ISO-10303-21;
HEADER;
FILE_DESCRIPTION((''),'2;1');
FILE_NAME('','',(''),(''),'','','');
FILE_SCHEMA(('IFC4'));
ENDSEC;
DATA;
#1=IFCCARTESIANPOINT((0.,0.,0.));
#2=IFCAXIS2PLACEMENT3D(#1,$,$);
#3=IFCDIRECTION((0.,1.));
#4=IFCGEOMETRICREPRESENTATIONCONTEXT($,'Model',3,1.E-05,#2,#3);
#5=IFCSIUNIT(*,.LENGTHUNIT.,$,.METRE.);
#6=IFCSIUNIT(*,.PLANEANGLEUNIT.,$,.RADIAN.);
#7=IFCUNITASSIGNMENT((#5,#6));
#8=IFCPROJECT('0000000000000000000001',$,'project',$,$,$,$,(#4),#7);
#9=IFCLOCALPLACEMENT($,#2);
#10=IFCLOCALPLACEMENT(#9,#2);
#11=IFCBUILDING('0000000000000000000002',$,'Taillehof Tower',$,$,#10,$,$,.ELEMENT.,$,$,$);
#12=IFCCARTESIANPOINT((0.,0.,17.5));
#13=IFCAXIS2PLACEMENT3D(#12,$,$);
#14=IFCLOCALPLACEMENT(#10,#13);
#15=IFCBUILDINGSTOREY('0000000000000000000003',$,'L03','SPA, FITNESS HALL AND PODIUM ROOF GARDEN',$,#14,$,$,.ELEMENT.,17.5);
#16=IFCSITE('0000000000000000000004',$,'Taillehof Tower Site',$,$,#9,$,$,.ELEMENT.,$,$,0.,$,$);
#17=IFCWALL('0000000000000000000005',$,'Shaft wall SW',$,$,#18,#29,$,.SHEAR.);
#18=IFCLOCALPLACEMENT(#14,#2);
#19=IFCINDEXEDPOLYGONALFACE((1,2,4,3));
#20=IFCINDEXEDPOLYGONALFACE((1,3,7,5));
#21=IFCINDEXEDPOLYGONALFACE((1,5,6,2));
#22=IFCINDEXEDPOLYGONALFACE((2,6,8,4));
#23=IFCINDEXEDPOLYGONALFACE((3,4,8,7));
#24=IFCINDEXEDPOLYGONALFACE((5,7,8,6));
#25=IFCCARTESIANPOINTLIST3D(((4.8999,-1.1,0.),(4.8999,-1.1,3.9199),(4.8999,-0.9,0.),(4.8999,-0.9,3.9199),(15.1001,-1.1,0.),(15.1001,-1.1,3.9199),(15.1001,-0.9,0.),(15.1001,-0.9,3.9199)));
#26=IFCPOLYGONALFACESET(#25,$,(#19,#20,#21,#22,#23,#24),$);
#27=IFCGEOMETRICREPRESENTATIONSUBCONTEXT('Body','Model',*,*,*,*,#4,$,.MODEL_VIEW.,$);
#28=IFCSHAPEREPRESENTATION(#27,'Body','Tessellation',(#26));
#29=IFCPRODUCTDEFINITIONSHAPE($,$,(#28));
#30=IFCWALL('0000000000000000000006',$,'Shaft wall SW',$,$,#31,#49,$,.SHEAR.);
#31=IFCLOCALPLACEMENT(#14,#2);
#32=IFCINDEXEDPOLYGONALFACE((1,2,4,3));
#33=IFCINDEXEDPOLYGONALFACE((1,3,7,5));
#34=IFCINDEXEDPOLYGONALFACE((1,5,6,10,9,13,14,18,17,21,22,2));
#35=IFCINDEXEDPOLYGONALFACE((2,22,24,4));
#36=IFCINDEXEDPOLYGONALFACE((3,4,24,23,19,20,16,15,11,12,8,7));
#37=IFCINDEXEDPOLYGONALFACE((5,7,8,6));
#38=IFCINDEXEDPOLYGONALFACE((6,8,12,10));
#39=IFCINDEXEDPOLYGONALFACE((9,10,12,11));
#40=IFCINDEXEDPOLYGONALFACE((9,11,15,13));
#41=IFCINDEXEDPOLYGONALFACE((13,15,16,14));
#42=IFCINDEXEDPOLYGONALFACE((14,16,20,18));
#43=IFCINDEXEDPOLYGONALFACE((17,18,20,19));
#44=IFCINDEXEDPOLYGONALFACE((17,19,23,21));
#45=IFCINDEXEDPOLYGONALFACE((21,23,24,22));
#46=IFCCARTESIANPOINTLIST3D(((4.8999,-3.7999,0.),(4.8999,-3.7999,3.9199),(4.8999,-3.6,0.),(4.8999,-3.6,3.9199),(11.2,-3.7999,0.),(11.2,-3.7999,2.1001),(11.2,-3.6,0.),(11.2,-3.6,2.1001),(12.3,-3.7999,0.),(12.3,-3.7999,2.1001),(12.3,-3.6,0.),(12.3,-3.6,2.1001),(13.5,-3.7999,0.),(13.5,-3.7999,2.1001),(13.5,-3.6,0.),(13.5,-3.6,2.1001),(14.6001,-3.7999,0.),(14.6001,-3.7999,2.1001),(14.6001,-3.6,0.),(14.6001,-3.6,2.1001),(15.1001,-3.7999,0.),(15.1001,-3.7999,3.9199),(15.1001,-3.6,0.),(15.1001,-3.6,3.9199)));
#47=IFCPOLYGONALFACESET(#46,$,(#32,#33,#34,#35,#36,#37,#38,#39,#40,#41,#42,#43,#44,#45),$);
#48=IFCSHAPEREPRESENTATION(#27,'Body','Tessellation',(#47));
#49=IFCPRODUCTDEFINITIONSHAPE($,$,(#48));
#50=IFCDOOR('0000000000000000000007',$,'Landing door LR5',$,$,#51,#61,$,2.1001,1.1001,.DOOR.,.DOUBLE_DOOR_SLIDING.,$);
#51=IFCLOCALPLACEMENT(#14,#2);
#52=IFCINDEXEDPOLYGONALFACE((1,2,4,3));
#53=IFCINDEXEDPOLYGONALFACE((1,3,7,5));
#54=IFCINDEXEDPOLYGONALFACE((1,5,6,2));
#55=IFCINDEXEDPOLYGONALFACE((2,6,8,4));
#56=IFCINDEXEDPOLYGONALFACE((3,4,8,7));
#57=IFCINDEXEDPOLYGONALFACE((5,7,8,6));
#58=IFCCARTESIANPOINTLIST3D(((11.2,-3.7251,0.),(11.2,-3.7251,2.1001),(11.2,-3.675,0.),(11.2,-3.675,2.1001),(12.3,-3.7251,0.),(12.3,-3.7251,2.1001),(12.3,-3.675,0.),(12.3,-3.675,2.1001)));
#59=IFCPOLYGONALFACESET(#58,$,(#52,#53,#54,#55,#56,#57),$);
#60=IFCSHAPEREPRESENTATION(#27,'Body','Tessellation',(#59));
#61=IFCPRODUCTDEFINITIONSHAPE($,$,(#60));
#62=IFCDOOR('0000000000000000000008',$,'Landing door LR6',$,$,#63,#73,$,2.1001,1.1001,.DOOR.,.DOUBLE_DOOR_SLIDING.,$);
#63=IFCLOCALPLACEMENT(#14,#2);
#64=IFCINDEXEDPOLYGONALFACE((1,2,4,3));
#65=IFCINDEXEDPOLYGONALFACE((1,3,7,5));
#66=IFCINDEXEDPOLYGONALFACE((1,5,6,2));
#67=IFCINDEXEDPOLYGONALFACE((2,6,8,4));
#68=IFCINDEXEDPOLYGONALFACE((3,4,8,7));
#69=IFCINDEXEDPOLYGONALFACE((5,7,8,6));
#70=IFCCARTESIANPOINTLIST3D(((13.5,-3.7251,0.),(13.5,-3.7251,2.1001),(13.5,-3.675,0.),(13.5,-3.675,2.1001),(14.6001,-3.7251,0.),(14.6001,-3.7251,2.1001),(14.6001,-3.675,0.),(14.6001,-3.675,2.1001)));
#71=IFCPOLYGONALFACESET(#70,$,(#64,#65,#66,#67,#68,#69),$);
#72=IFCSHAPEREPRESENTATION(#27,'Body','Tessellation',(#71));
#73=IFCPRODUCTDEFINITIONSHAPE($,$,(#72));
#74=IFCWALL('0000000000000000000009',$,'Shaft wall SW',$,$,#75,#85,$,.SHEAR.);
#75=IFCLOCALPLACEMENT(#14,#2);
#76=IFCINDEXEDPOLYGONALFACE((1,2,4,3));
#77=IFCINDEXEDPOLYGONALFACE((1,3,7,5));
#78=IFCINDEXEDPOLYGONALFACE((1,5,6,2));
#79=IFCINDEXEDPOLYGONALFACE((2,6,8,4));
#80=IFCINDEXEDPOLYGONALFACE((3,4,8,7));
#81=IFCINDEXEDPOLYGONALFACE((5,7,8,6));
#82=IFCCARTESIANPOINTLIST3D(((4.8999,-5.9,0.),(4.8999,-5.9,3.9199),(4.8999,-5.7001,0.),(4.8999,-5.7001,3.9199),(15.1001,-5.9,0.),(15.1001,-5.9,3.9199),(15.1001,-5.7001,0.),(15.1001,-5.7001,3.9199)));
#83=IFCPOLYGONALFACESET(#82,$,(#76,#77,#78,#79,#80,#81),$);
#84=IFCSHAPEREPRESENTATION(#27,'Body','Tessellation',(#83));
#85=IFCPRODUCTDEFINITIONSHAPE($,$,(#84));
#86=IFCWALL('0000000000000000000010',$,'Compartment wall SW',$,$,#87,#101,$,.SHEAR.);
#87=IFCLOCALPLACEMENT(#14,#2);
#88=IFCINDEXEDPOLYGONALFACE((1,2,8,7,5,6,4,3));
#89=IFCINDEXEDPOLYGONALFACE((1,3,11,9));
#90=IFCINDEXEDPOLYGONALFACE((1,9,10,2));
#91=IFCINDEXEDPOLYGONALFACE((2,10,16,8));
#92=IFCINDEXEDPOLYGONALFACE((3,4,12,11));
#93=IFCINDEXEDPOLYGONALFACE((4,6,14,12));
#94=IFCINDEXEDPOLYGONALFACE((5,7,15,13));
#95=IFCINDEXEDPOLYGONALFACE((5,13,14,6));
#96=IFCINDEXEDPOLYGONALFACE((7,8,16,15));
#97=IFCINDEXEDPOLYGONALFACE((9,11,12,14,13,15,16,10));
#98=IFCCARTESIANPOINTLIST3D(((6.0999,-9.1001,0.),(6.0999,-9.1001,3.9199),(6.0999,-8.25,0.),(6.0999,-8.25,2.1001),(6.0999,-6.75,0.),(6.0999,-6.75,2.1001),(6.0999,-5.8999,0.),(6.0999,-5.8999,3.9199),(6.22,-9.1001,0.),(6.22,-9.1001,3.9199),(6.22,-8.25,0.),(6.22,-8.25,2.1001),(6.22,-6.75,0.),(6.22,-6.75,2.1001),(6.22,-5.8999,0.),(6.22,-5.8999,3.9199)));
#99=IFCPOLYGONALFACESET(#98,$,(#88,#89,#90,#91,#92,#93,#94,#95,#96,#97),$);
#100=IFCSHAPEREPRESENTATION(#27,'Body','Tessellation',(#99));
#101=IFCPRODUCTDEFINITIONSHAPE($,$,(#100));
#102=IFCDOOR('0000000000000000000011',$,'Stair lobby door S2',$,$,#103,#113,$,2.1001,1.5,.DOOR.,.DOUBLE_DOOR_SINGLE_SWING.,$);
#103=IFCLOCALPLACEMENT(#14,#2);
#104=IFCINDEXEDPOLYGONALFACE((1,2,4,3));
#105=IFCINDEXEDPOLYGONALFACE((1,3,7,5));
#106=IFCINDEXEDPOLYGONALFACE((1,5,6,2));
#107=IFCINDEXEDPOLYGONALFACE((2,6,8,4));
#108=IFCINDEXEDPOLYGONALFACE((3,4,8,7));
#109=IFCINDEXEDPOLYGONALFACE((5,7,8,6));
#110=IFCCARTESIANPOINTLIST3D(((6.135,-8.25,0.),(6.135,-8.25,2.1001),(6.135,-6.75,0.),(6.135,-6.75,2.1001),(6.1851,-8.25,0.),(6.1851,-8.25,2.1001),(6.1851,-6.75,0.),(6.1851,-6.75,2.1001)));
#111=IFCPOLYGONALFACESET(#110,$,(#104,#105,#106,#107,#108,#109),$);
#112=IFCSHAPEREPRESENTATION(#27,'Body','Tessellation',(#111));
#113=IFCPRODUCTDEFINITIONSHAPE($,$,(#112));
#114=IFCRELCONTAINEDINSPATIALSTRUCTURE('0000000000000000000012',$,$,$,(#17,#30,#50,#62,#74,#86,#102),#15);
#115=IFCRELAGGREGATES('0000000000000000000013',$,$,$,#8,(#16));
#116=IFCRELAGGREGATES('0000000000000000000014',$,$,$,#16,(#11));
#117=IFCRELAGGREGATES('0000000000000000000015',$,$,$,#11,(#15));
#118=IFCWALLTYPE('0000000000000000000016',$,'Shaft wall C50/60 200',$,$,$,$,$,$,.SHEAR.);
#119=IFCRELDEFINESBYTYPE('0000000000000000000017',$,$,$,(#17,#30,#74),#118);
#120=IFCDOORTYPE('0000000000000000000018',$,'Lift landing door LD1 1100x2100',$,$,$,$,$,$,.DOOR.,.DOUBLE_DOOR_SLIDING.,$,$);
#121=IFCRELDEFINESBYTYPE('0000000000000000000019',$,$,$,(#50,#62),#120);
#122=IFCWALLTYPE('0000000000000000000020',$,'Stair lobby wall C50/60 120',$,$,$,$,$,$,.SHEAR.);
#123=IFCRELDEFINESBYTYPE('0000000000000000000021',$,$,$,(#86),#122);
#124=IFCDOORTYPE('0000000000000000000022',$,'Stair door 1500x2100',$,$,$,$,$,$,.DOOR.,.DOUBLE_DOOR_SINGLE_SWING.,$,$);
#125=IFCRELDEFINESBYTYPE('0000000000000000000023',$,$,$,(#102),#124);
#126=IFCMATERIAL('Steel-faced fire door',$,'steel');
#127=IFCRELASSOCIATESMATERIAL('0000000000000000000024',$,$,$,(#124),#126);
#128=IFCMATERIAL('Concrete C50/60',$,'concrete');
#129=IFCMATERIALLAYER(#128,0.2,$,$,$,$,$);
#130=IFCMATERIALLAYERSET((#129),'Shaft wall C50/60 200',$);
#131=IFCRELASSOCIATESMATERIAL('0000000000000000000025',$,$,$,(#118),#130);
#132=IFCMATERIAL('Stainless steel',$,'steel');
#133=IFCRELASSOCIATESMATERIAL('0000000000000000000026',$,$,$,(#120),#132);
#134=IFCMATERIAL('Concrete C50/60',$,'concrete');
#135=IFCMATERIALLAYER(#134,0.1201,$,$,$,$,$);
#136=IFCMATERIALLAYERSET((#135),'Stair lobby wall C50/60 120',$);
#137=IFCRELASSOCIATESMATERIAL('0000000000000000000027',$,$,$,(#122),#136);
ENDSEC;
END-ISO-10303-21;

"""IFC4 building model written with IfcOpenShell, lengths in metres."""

from ifc_helpers import new_model, si_unit, direction, frame, frame_2d, origin, place, context, subcontext, project, spatial, rectangle, extrude, material, layer, layer_set, type_object, element, fill, save


model = new_model("IFC4")

# Units and contexts
model_context = context("Model", 3, precision=1e-05, world=origin(), true_north=direction((0.0, 1.0)))
body_context = subcontext(model_context, "Body", "Model", "MODEL_VIEW")
ifc_project = project(units=[si_unit("LENGTHUNIT", "METRE"), si_unit("PLANEANGLEUNIT", "RADIAN")], contexts=[model_context])

# Site, building, storey
site_placement = place(None, origin())
site = spatial("IfcSite", under=ifc_project, at=site_placement, Name="Taillehof Tower Site", CompositionType="ELEMENT", RefElevation=0.0)
building_placement = place(site_placement, origin())
building = spatial("IfcBuilding", under=site, at=building_placement, Name="Taillehof Tower", CompositionType="ELEMENT")
storey_placement = place(building_placement, frame((0.0, 0.0, 17.5)))
storey = spatial("IfcBuildingStorey", under=building, at=storey_placement, Name="L03", Description="SPA, FITNESS HALL AND PODIUM ROOF GARDEN", CompositionType="ELEMENT", Elevation=17.5)

# Shared definitions
ifc_material_1 = material(Name="Steel-faced fire door", Category="steel")
door_type_1 = type_object("IfcDoorType", Name="Stair door 1500x2100", OperationType="DOUBLE_DOOR_SINGLE_SWING", PredefinedType="DOOR", material=ifc_material_1)

# Wall
ifc_material_2 = material(Name="Concrete C50/60", Category="concrete")
ifc_layer_1 = layer(ifc_material_2, 0.2)
ifc_layer_set_1 = layer_set([ifc_layer_1], Name="Shaft wall C50/60 200")
wall_type_1 = type_object("IfcWallType", Name="Shaft wall C50/60 200", PredefinedType="SHEAR", material=ifc_layer_set_1)
wall_1_placement = place(storey_placement, frame((4.8999, -1.0, 0.0), z_axis=(0.0, 0.0, 1.0), x_axis=(1.0, 0.0, 0.0)))
element("IfcWall", 1, at=wall_1_placement, inside=storey, type_object=wall_type_1, Name="Shaft wall SW", PredefinedType="SHEAR", context=body_context, shape_type="SweptSolid", body=[
    extrude(rectangle(XDim=10.2002, YDim=0.2, at=frame_2d((5.1001, 0.0))), origin(), (0.0, 0.0, 1.0), 3.9199),
])

# Wall, openings, doors
wall_2_placement = place(storey_placement, frame((4.8999, -3.7, 0.0), z_axis=(0.0, 0.0, 1.0), x_axis=(1.0, 0.0, 0.0)))
wall_2 = element("IfcWall", 2, at=wall_2_placement, inside=storey, type_object=wall_type_1, Name="Shaft wall SW", PredefinedType="SHEAR", context=body_context, shape_type="SweptSolid", body=[
    extrude(rectangle(XDim=10.2002, YDim=0.2, at=frame_2d((5.1001, 0.0))), origin(), (0.0, 0.0, 1.0), 3.9199),
])
opening_1_placement = place(wall_2_placement, frame((6.3, 0.0, 0.0)))
opening_1 = element("IfcOpeningElement", 3, at=opening_1_placement, cuts=wall_2, PredefinedType="OPENING", context=body_context, shape_type="SweptSolid", body=[
    extrude(rectangle(XDim=1.1001, YDim=2.1001, at=frame_2d((0.55, 1.05))), frame((0.0, 0.1099, 0.0), z_axis=(0.0, -1.0, 0.0), x_axis=(1.0, 0.0, 0.0)), (0.0, 0.0, 1.0), 0.22),
])
opening_2_placement = place(wall_2_placement, frame((8.6001, 0.0, 0.0)))
opening_2 = element("IfcOpeningElement", 4, at=opening_2_placement, cuts=wall_2, PredefinedType="OPENING", context=body_context, shape_type="SweptSolid", body=[
    extrude(rectangle(XDim=1.1001, YDim=2.1001, at=frame_2d((0.55, 1.05))), frame((0.0, 0.1099, 0.0), z_axis=(0.0, -1.0, 0.0), x_axis=(1.0, 0.0, 0.0)), (0.0, 0.0, 1.0), 0.22),
])
ifc_material_3 = material(Name="Stainless steel", Category="steel")
door_type_2 = type_object("IfcDoorType", Name="Lift landing door LD1 1100x2100", OperationType="DOUBLE_DOOR_SLIDING", PredefinedType="DOOR", material=ifc_material_3)
door_1_placement = place(opening_1_placement, origin())
door_1 = element("IfcDoor", 5, at=door_1_placement, inside=storey, type_object=door_type_2, Name="Landing door LR5", OperationType="DOUBLE_DOOR_SLIDING", OverallHeight=2.1001, OverallWidth=1.1001, PredefinedType="DOOR", context=body_context, shape_type="SweptSolid", body=[
    extrude(rectangle(XDim=1.1001, YDim=2.1001, at=frame_2d((0.55, 1.05))), frame((0.0, 0.0249, 0.0), z_axis=(0.0, -1.0, 0.0), x_axis=(1.0, 0.0, 0.0)), (0.0, 0.0, 1.0), 0.05),
])
fill(opening_1, door_1)
door_2_placement = place(opening_2_placement, origin())
door_2 = element("IfcDoor", 6, at=door_2_placement, inside=storey, type_object=door_type_2, Name="Landing door LR6", OperationType="DOUBLE_DOOR_SLIDING", OverallHeight=2.1001, OverallWidth=1.1001, PredefinedType="DOOR", context=body_context, shape_type="SweptSolid", body=[
    extrude(rectangle(XDim=1.1001, YDim=2.1001, at=frame_2d((0.55, 1.05))), frame((0.0, 0.0249, 0.0), z_axis=(0.0, -1.0, 0.0), x_axis=(1.0, 0.0, 0.0)), (0.0, 0.0, 1.0), 0.05),
])
fill(opening_2, door_2)

# Wall
wall_3_placement = place(storey_placement, frame((4.8999, -5.8, 0.0), z_axis=(0.0, 0.0, 1.0), x_axis=(1.0, 0.0, 0.0)))
element("IfcWall", 7, at=wall_3_placement, inside=storey, type_object=wall_type_1, Name="Shaft wall SW", PredefinedType="SHEAR", context=body_context, shape_type="SweptSolid", body=[
    extrude(rectangle(XDim=10.2002, YDim=0.2, at=frame_2d((5.1001, 0.0))), origin(), (0.0, 0.0, 1.0), 3.9199),
])

# Wall, opening, door
ifc_material_4 = material(Name="Concrete C50/60", Category="concrete")
ifc_layer_2 = layer(ifc_material_4, 0.1201)
ifc_layer_set_2 = layer_set([ifc_layer_2], Name="Stair lobby wall C50/60 120")
wall_type_2 = type_object("IfcWallType", Name="Stair lobby wall C50/60 120", PredefinedType="SHEAR", material=ifc_layer_set_2)
wall_4_placement = place(storey_placement, frame((6.1599, -9.1001, 0.0), z_axis=(0.0, 0.0, 1.0), x_axis=(0.0, 1.0, 0.0)))
wall_4 = element("IfcWall", 8, at=wall_4_placement, inside=storey, type_object=wall_type_2, Name="Compartment wall SW", PredefinedType="SHEAR", context=body_context, shape_type="SweptSolid", body=[
    extrude(rectangle(XDim=3.2002, YDim=0.1201, at=frame_2d((1.6001, 0.0))), origin(), (0.0, 0.0, 1.0), 3.9199),
])
opening_3_placement = place(wall_4_placement, frame((0.8501, 0.0, 0.0)))
opening_3 = element("IfcOpeningElement", 9, at=opening_3_placement, cuts=wall_4, PredefinedType="OPENING", context=body_context, shape_type="SweptSolid", body=[
    extrude(rectangle(XDim=1.5, YDim=2.1001, at=frame_2d((0.75, 1.05))), frame((0.0, 0.0701, 0.0), z_axis=(0.0, -1.0, 0.0), x_axis=(1.0, 0.0, 0.0)), (0.0, 0.0, 1.0), 0.1401),
])
door_3_placement = place(opening_3_placement, origin())
door_3 = element("IfcDoor", 10, at=door_3_placement, inside=storey, type_object=door_type_1, Name="Stair lobby door S2", OperationType="DOUBLE_DOOR_SINGLE_SWING", OverallHeight=2.1001, OverallWidth=1.5, PredefinedType="DOOR", context=body_context, shape_type="SweptSolid", body=[
    extrude(rectangle(XDim=1.5, YDim=2.1001, at=frame_2d((0.75, 1.05))), frame((0.0, 0.0249, 0.0), z_axis=(0.0, -1.0, 0.0), x_axis=(1.0, 0.0, 0.0)), (0.0, 0.0, 1.0), 0.05),
])
fill(opening_3, door_3)

save(model, "model.ifc")
